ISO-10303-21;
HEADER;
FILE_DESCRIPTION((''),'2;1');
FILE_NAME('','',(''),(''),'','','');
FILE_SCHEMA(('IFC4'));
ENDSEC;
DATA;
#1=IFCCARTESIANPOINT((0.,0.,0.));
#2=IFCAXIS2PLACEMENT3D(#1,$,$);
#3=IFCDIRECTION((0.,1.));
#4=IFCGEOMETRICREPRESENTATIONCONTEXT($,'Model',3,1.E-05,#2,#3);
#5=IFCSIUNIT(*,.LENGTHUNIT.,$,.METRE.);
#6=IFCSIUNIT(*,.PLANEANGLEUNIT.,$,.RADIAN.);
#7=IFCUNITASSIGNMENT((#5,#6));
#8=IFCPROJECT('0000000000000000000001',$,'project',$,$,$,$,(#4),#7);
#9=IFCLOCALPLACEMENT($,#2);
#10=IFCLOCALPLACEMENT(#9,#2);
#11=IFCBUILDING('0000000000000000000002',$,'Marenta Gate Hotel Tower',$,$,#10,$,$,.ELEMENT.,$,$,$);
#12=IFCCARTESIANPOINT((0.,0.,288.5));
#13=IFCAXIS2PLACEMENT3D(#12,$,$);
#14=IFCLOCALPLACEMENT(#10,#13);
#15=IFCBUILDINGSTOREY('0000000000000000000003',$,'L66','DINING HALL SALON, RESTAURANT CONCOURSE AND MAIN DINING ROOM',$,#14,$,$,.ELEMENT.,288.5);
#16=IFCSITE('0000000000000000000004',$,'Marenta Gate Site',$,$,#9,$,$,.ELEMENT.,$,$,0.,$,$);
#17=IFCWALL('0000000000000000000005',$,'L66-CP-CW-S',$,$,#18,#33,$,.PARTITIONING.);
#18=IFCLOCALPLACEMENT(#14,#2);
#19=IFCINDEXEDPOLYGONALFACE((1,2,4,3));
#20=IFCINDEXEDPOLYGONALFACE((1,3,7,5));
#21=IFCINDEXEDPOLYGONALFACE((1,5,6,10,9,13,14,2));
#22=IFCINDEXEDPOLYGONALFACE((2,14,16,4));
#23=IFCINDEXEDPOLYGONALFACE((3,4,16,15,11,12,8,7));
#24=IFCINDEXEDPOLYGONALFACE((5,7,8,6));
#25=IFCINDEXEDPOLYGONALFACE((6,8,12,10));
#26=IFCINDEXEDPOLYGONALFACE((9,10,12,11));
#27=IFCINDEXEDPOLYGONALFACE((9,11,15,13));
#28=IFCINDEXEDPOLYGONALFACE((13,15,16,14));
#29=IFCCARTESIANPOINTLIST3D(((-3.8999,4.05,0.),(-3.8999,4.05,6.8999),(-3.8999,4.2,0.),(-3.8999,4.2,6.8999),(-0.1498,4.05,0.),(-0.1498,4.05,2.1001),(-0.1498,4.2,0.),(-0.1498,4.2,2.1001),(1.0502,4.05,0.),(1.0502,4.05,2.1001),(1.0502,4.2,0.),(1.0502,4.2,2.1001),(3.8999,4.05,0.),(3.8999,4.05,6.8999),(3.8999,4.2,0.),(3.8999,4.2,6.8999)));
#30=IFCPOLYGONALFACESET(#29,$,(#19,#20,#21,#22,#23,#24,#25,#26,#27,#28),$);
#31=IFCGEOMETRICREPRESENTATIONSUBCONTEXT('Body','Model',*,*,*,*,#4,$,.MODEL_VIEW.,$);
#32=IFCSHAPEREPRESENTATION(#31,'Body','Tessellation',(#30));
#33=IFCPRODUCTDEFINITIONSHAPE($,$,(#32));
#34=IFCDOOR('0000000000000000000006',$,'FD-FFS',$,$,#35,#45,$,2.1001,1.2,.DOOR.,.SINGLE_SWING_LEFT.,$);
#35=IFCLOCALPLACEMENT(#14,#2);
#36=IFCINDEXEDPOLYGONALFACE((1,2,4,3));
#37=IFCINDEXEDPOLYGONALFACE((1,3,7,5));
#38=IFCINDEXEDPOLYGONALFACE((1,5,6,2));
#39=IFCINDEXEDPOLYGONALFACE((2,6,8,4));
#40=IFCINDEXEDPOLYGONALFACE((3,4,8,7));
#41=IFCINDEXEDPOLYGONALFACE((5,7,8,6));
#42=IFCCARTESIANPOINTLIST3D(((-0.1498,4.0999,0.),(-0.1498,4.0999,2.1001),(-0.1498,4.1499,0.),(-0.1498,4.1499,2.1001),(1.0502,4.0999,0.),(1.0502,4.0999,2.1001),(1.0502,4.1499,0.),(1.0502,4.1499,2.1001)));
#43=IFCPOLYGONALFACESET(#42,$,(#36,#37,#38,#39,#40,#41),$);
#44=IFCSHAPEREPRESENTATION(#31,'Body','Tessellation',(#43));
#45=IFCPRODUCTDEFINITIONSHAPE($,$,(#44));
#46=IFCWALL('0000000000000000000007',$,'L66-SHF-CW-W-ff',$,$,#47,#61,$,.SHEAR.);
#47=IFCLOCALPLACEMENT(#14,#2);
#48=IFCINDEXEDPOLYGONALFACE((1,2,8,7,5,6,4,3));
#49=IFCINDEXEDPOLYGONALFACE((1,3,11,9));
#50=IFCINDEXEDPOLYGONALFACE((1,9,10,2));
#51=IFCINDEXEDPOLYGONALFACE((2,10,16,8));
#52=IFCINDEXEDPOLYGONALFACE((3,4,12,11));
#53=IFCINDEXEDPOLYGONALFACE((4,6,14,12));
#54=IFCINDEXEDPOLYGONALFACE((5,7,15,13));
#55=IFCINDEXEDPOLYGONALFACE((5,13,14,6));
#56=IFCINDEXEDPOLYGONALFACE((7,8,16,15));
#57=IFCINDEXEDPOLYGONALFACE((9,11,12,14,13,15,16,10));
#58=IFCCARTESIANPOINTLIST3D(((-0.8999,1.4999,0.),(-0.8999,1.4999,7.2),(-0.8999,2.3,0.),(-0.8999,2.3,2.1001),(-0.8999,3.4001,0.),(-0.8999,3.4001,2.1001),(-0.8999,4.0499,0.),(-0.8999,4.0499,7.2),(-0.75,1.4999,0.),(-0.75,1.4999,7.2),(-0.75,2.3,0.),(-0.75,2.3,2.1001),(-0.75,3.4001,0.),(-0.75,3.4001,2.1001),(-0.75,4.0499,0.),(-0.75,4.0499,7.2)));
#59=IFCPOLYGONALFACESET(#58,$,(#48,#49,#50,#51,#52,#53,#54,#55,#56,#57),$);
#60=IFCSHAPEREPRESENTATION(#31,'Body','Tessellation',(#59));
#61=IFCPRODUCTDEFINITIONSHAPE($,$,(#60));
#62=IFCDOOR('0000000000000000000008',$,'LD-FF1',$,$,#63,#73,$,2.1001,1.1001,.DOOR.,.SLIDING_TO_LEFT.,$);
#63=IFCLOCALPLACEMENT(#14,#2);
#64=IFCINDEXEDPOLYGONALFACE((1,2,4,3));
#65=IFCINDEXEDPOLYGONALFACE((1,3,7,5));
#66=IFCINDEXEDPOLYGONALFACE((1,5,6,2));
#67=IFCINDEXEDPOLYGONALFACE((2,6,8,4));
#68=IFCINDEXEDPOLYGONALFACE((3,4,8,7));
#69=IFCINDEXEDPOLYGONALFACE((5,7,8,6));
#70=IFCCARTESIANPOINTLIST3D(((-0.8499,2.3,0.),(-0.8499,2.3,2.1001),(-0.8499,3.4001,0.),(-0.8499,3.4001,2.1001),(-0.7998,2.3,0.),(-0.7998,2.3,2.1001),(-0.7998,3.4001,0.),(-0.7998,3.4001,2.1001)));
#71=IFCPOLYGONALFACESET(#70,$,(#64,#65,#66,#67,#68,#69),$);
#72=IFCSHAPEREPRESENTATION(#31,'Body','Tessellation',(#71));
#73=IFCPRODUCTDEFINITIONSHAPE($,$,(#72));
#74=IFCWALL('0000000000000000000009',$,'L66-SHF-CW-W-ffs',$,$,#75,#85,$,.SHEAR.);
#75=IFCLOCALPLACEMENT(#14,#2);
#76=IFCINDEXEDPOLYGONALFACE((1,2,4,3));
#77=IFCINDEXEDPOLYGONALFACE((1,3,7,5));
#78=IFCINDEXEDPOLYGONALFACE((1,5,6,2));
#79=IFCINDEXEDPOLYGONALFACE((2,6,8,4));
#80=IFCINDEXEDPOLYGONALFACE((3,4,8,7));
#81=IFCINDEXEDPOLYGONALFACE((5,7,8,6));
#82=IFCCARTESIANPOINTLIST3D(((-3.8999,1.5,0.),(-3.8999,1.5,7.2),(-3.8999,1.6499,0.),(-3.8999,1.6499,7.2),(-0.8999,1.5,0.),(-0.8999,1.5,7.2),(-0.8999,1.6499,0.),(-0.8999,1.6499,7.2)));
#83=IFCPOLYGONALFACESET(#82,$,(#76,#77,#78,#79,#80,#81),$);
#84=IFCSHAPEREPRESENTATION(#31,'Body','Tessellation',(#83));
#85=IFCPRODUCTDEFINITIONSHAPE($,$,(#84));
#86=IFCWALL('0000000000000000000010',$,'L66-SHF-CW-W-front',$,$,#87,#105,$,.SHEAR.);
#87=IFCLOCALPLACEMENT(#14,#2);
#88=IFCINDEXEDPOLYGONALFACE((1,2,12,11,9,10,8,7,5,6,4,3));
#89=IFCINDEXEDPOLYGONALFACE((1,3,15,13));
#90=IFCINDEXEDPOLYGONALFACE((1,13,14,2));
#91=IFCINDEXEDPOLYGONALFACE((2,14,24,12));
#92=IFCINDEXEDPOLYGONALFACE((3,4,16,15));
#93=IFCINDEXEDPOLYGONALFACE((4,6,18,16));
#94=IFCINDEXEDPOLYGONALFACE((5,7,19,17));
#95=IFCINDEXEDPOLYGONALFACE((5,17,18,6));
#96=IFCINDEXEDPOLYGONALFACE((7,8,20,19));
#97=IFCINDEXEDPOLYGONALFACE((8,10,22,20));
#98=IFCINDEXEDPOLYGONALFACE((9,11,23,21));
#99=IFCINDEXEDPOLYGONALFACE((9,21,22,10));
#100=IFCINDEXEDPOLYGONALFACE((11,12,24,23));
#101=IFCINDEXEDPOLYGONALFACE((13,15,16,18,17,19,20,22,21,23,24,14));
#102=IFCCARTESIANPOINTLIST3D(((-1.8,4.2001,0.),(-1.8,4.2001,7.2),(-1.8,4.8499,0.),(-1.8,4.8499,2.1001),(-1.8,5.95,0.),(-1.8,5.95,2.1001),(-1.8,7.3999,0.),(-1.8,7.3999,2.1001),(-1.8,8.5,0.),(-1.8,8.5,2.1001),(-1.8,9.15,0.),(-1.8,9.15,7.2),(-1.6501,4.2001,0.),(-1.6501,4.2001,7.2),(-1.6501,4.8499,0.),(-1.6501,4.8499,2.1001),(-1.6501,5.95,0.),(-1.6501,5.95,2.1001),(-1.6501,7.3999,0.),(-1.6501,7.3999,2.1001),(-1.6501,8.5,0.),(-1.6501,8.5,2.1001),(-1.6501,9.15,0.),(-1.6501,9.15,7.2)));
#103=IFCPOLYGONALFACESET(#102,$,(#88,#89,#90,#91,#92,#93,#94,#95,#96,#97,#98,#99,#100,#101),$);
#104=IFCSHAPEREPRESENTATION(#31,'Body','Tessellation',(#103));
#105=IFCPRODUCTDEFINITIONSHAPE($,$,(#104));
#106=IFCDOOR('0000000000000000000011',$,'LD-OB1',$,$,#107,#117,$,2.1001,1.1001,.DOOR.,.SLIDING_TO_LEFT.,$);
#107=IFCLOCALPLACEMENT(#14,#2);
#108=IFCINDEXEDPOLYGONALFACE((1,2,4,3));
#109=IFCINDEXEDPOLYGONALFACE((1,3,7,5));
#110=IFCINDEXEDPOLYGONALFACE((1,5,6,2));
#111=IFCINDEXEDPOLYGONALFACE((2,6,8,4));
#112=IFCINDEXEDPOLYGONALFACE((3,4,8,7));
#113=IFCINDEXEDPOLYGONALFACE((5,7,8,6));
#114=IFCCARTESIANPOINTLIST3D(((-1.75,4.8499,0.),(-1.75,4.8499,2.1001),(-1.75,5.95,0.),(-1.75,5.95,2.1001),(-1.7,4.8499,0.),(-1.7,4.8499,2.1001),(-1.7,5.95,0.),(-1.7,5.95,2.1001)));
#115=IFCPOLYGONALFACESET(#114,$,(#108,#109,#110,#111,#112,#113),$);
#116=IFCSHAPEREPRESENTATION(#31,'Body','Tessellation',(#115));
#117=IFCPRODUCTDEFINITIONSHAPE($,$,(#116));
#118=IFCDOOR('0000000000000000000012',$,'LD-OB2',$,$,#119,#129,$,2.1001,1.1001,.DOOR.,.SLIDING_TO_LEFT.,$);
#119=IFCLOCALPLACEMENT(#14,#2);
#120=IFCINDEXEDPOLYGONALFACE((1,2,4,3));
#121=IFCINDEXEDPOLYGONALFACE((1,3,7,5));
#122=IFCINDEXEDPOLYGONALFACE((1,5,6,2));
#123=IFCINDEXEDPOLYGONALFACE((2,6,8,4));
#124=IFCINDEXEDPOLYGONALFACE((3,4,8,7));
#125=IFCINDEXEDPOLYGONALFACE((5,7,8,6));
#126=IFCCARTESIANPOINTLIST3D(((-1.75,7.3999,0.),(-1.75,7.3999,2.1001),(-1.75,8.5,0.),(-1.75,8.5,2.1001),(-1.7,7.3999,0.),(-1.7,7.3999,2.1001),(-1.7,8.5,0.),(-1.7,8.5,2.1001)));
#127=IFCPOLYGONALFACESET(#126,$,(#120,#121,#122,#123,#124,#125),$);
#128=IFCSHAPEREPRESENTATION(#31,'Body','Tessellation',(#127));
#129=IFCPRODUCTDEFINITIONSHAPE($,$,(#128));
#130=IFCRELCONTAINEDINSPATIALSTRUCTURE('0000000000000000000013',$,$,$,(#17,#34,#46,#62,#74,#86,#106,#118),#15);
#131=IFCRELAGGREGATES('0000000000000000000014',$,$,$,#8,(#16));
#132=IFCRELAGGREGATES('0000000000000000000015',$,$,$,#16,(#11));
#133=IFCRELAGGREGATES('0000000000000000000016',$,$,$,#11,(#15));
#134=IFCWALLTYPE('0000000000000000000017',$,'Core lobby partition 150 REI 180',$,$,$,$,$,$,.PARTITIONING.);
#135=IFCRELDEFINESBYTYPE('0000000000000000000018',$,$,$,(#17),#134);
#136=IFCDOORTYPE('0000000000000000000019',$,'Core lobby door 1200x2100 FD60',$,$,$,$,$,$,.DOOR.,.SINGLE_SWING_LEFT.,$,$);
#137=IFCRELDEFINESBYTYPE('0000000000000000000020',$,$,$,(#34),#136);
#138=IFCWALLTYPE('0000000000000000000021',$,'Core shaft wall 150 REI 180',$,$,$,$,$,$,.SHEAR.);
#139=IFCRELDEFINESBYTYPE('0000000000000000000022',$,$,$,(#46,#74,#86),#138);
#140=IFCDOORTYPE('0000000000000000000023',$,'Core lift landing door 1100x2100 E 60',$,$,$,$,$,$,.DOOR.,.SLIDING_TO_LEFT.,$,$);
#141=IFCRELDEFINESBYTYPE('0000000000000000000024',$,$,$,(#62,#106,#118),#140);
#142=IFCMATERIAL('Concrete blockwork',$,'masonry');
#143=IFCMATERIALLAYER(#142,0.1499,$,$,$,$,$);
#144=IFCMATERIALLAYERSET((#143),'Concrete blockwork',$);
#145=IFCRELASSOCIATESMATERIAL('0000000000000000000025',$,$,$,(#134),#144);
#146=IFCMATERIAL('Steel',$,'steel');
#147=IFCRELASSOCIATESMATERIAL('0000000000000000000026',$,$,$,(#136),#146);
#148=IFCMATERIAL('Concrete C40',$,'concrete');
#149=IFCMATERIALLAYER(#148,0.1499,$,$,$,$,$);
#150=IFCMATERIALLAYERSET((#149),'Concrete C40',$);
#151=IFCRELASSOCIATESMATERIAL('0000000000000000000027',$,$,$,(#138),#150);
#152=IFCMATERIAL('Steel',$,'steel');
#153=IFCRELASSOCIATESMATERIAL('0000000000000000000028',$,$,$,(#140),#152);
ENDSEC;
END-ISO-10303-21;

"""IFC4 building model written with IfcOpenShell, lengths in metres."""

from ifc_helpers import new_model, si_unit, direction, frame, frame_2d, origin, place, context, subcontext, project, spatial, rectangle, extrude, material, layer, layer_set, type_object, element, fill, save


model = new_model("IFC4")

# Units and contexts
model_context = context("Model", 3, precision=1e-05, world=origin(), true_north=direction((0.0, 1.0)))
body_context = subcontext(model_context, "Body", "Model", "MODEL_VIEW")
ifc_project = project(units=[si_unit("LENGTHUNIT", "METRE"), si_unit("PLANEANGLEUNIT", "RADIAN")], contexts=[model_context])

# Site, building, storey
site_placement = place(None, origin())
site = spatial("IfcSite", under=ifc_project, at=site_placement, Name="Marenta Gate Site", CompositionType="ELEMENT", RefElevation=0.0)
building_placement = place(site_placement, origin())
building = spatial("IfcBuilding", under=site, at=building_placement, Name="Marenta Gate Hotel Tower", CompositionType="ELEMENT")
storey_placement = place(building_placement, frame((0.0, 0.0, 288.5)))
storey = spatial("IfcBuildingStorey", under=building, at=storey_placement, Name="L66", Description="DINING HALL SALON, RESTAURANT CONCOURSE AND MAIN DINING ROOM", CompositionType="ELEMENT", Elevation=288.5)

# Walls, openings, doors
ifc_material_1 = material(Name="Concrete blockwork", Category="masonry")
ifc_layer_1 = layer(ifc_material_1, 0.1499)
ifc_layer_set_1 = layer_set([ifc_layer_1], Name="Concrete blockwork")
wall_type_1 = type_object("IfcWallType", Name="Core lobby partition 150 REI 180", PredefinedType="PARTITIONING", material=ifc_layer_set_1)
wall_1_placement = place(storey_placement, frame((-3.8999, 4.125, 0.0), z_axis=(0.0, 0.0, 1.0), x_axis=(1.0, 0.0, 0.0)))
wall_1 = element("IfcWall", 1, at=wall_1_placement, inside=storey, type_object=wall_type_1, Name="L66-CP-CW-S", PredefinedType="PARTITIONING", context=body_context, shape_type="SweptSolid", body=[
    extrude(rectangle(XDim=7.7998, YDim=0.1499, at=frame_2d((3.8999, 0.0))), origin(), (0.0, 0.0, 1.0), 6.8999),
])
opening_1_placement = place(wall_1_placement, frame((3.75, 0.0, 0.0)))
opening_1 = element("IfcOpeningElement", 2, at=opening_1_placement, cuts=wall_1, PredefinedType="OPENING", context=body_context, shape_type="SweptSolid", body=[
    extrude(rectangle(XDim=1.2, YDim=2.1001, at=frame_2d((0.6001, 1.05))), frame((0.0, 0.075, 0.0), z_axis=(0.0, -1.0, 0.0), x_axis=(1.0, 0.0, 0.0)), (0.0, 0.0, 1.0), 0.1499),
])
ifc_material_2 = material(Name="Steel", Category="steel")
door_type_1 = type_object("IfcDoorType", Name="Core lobby door 1200x2100 FD60", OperationType="SINGLE_SWING_LEFT", PredefinedType="DOOR", material=ifc_material_2)
door_1_placement = place(opening_1_placement, origin())
door_1 = element("IfcDoor", 3, at=door_1_placement, inside=storey, type_object=door_type_1, Name="FD-FFS", OperationType="SINGLE_SWING_LEFT", OverallHeight=2.1001, OverallWidth=1.2, PredefinedType="DOOR", context=body_context, shape_type="SweptSolid", body=[
    extrude(rectangle(XDim=1.2, YDim=2.1001, at=frame_2d((0.6001, 1.05))), frame((0.0, 0.0249, 0.0), z_axis=(0.0, -1.0, 0.0), x_axis=(1.0, 0.0, 0.0)), (0.0, 0.0, 1.0), 0.05),
])
fill(opening_1, door_1)
ifc_material_3 = material(Name="Concrete C40", Category="concrete")
ifc_layer_2 = layer(ifc_material_3, 0.1499)
ifc_layer_set_2 = layer_set([ifc_layer_2], Name="Concrete C40")
wall_type_2 = type_object("IfcWallType", Name="Core shaft wall 150 REI 180", PredefinedType="SHEAR", material=ifc_layer_set_2)
wall_2_placement = place(storey_placement, frame((-0.825, 1.5, 0.0), z_axis=(0.0, 0.0, 1.0), x_axis=(0.0, 1.0, 0.0)))
wall_2 = element("IfcWall", 4, at=wall_2_placement, inside=storey, type_object=wall_type_2, Name="L66-SHF-CW-W-ff", PredefinedType="SHEAR", context=body_context, shape_type="SweptSolid", body=[
    extrude(rectangle(XDim=2.55, YDim=0.1499, at=frame_2d((1.2749, 0.0))), origin(), (0.0, 0.0, 1.0), 7.2),
])
opening_2_placement = place(wall_2_placement, frame((0.8, 0.0, 0.0)))
opening_2 = element("IfcOpeningElement", 5, at=opening_2_placement, cuts=wall_2, PredefinedType="OPENING", context=body_context, shape_type="SweptSolid", body=[
    extrude(rectangle(XDim=1.1001, YDim=2.1001, at=frame_2d((0.55, 1.05))), frame((0.0, 0.075, 0.0), z_axis=(0.0, -1.0, 0.0), x_axis=(1.0, 0.0, 0.0)), (0.0, 0.0, 1.0), 0.1499),
])
ifc_material_4 = material(Name="Steel", Category="steel")
door_type_2 = type_object("IfcDoorType", Name="Core lift landing door 1100x2100 E 60", OperationType="SLIDING_TO_LEFT", PredefinedType="DOOR", material=ifc_material_4)
door_2_placement = place(opening_2_placement, origin())
door_2 = element("IfcDoor", 6, at=door_2_placement, inside=storey, type_object=door_type_2, Name="LD-FF1", OperationType="SLIDING_TO_LEFT", OverallHeight=2.1001, OverallWidth=1.1001, PredefinedType="DOOR", context=body_context, shape_type="SweptSolid", body=[
    extrude(rectangle(XDim=1.1001, YDim=2.1001, at=frame_2d((0.55, 1.05))), frame((0.0, 0.0249, 0.0), z_axis=(0.0, -1.0, 0.0), x_axis=(1.0, 0.0, 0.0)), (0.0, 0.0, 1.0), 0.05),
])
fill(opening_2, door_2)

# Wall
wall_3_placement = place(storey_placement, frame((-3.8999, 1.575, 0.0), z_axis=(0.0, 0.0, 1.0), x_axis=(1.0, 0.0, 0.0)))
element("IfcWall", 7, at=wall_3_placement, inside=storey, type_object=wall_type_2, Name="L66-SHF-CW-W-ffs", PredefinedType="SHEAR", context=body_context, shape_type="SweptSolid", body=[
    extrude(rectangle(XDim=3.0, YDim=0.1499, at=frame_2d((1.5, 0.0))), origin(), (0.0, 0.0, 1.0), 7.2),
])

# Wall, openings, doors
wall_4_placement = place(storey_placement, frame((-1.7251, 4.2, 0.0), z_axis=(0.0, 0.0, 1.0), x_axis=(0.0, 1.0, 0.0)))
wall_4 = element("IfcWall", 8, at=wall_4_placement, inside=storey, type_object=wall_type_2, Name="L66-SHF-CW-W-front", PredefinedType="SHEAR", context=body_context, shape_type="SweptSolid", body=[
    extrude(rectangle(XDim=4.95, YDim=0.1499, at=frame_2d((2.4751, 0.0))), origin(), (0.0, 0.0, 1.0), 7.2),
])
opening_3_placement = place(wall_4_placement, frame((0.6499, 0.0, 0.0)))
opening_3 = element("IfcOpeningElement", 9, at=opening_3_placement, cuts=wall_4, PredefinedType="OPENING", context=body_context, shape_type="SweptSolid", body=[
    extrude(rectangle(XDim=1.1001, YDim=2.1001, at=frame_2d((0.55, 1.05))), frame((0.0, 0.075, 0.0), z_axis=(0.0, -1.0, 0.0), x_axis=(1.0, 0.0, 0.0)), (0.0, 0.0, 1.0), 0.1499),
])
opening_4_placement = place(wall_4_placement, frame((3.2, 0.0, 0.0)))
opening_4 = element("IfcOpeningElement", 10, at=opening_4_placement, cuts=wall_4, PredefinedType="OPENING", context=body_context, shape_type="SweptSolid", body=[
    extrude(rectangle(XDim=1.1001, YDim=2.1001, at=frame_2d((0.55, 1.05))), frame((0.0, 0.075, 0.0), z_axis=(0.0, -1.0, 0.0), x_axis=(1.0, 0.0, 0.0)), (0.0, 0.0, 1.0), 0.1499),
])
door_3_placement = place(opening_3_placement, origin())
door_3 = element("IfcDoor", 11, at=door_3_placement, inside=storey, type_object=door_type_2, Name="LD-OB1", OperationType="SLIDING_TO_LEFT", OverallHeight=2.1001, OverallWidth=1.1001, PredefinedType="DOOR", context=body_context, shape_type="SweptSolid", body=[
    extrude(rectangle(XDim=1.1001, YDim=2.1001, at=frame_2d((0.55, 1.05))), frame((0.0, 0.0249, 0.0), z_axis=(0.0, -1.0, 0.0), x_axis=(1.0, 0.0, 0.0)), (0.0, 0.0, 1.0), 0.05),
])
fill(opening_3, door_3)
door_4_placement = place(opening_4_placement, origin())
door_4 = element("IfcDoor", 12, at=door_4_placement, inside=storey, type_object=door_type_2, Name="LD-OB2", OperationType="SLIDING_TO_LEFT", OverallHeight=2.1001, OverallWidth=1.1001, PredefinedType="DOOR", context=body_context, shape_type="SweptSolid", body=[
    extrude(rectangle(XDim=1.1001, YDim=2.1001, at=frame_2d((0.55, 1.05))), frame((0.0, 0.0249, 0.0), z_axis=(0.0, -1.0, 0.0), x_axis=(1.0, 0.0, 0.0)), (0.0, 0.0, 1.0), 0.05),
])
fill(opening_4, door_4)

save(model, "model.ifc")
